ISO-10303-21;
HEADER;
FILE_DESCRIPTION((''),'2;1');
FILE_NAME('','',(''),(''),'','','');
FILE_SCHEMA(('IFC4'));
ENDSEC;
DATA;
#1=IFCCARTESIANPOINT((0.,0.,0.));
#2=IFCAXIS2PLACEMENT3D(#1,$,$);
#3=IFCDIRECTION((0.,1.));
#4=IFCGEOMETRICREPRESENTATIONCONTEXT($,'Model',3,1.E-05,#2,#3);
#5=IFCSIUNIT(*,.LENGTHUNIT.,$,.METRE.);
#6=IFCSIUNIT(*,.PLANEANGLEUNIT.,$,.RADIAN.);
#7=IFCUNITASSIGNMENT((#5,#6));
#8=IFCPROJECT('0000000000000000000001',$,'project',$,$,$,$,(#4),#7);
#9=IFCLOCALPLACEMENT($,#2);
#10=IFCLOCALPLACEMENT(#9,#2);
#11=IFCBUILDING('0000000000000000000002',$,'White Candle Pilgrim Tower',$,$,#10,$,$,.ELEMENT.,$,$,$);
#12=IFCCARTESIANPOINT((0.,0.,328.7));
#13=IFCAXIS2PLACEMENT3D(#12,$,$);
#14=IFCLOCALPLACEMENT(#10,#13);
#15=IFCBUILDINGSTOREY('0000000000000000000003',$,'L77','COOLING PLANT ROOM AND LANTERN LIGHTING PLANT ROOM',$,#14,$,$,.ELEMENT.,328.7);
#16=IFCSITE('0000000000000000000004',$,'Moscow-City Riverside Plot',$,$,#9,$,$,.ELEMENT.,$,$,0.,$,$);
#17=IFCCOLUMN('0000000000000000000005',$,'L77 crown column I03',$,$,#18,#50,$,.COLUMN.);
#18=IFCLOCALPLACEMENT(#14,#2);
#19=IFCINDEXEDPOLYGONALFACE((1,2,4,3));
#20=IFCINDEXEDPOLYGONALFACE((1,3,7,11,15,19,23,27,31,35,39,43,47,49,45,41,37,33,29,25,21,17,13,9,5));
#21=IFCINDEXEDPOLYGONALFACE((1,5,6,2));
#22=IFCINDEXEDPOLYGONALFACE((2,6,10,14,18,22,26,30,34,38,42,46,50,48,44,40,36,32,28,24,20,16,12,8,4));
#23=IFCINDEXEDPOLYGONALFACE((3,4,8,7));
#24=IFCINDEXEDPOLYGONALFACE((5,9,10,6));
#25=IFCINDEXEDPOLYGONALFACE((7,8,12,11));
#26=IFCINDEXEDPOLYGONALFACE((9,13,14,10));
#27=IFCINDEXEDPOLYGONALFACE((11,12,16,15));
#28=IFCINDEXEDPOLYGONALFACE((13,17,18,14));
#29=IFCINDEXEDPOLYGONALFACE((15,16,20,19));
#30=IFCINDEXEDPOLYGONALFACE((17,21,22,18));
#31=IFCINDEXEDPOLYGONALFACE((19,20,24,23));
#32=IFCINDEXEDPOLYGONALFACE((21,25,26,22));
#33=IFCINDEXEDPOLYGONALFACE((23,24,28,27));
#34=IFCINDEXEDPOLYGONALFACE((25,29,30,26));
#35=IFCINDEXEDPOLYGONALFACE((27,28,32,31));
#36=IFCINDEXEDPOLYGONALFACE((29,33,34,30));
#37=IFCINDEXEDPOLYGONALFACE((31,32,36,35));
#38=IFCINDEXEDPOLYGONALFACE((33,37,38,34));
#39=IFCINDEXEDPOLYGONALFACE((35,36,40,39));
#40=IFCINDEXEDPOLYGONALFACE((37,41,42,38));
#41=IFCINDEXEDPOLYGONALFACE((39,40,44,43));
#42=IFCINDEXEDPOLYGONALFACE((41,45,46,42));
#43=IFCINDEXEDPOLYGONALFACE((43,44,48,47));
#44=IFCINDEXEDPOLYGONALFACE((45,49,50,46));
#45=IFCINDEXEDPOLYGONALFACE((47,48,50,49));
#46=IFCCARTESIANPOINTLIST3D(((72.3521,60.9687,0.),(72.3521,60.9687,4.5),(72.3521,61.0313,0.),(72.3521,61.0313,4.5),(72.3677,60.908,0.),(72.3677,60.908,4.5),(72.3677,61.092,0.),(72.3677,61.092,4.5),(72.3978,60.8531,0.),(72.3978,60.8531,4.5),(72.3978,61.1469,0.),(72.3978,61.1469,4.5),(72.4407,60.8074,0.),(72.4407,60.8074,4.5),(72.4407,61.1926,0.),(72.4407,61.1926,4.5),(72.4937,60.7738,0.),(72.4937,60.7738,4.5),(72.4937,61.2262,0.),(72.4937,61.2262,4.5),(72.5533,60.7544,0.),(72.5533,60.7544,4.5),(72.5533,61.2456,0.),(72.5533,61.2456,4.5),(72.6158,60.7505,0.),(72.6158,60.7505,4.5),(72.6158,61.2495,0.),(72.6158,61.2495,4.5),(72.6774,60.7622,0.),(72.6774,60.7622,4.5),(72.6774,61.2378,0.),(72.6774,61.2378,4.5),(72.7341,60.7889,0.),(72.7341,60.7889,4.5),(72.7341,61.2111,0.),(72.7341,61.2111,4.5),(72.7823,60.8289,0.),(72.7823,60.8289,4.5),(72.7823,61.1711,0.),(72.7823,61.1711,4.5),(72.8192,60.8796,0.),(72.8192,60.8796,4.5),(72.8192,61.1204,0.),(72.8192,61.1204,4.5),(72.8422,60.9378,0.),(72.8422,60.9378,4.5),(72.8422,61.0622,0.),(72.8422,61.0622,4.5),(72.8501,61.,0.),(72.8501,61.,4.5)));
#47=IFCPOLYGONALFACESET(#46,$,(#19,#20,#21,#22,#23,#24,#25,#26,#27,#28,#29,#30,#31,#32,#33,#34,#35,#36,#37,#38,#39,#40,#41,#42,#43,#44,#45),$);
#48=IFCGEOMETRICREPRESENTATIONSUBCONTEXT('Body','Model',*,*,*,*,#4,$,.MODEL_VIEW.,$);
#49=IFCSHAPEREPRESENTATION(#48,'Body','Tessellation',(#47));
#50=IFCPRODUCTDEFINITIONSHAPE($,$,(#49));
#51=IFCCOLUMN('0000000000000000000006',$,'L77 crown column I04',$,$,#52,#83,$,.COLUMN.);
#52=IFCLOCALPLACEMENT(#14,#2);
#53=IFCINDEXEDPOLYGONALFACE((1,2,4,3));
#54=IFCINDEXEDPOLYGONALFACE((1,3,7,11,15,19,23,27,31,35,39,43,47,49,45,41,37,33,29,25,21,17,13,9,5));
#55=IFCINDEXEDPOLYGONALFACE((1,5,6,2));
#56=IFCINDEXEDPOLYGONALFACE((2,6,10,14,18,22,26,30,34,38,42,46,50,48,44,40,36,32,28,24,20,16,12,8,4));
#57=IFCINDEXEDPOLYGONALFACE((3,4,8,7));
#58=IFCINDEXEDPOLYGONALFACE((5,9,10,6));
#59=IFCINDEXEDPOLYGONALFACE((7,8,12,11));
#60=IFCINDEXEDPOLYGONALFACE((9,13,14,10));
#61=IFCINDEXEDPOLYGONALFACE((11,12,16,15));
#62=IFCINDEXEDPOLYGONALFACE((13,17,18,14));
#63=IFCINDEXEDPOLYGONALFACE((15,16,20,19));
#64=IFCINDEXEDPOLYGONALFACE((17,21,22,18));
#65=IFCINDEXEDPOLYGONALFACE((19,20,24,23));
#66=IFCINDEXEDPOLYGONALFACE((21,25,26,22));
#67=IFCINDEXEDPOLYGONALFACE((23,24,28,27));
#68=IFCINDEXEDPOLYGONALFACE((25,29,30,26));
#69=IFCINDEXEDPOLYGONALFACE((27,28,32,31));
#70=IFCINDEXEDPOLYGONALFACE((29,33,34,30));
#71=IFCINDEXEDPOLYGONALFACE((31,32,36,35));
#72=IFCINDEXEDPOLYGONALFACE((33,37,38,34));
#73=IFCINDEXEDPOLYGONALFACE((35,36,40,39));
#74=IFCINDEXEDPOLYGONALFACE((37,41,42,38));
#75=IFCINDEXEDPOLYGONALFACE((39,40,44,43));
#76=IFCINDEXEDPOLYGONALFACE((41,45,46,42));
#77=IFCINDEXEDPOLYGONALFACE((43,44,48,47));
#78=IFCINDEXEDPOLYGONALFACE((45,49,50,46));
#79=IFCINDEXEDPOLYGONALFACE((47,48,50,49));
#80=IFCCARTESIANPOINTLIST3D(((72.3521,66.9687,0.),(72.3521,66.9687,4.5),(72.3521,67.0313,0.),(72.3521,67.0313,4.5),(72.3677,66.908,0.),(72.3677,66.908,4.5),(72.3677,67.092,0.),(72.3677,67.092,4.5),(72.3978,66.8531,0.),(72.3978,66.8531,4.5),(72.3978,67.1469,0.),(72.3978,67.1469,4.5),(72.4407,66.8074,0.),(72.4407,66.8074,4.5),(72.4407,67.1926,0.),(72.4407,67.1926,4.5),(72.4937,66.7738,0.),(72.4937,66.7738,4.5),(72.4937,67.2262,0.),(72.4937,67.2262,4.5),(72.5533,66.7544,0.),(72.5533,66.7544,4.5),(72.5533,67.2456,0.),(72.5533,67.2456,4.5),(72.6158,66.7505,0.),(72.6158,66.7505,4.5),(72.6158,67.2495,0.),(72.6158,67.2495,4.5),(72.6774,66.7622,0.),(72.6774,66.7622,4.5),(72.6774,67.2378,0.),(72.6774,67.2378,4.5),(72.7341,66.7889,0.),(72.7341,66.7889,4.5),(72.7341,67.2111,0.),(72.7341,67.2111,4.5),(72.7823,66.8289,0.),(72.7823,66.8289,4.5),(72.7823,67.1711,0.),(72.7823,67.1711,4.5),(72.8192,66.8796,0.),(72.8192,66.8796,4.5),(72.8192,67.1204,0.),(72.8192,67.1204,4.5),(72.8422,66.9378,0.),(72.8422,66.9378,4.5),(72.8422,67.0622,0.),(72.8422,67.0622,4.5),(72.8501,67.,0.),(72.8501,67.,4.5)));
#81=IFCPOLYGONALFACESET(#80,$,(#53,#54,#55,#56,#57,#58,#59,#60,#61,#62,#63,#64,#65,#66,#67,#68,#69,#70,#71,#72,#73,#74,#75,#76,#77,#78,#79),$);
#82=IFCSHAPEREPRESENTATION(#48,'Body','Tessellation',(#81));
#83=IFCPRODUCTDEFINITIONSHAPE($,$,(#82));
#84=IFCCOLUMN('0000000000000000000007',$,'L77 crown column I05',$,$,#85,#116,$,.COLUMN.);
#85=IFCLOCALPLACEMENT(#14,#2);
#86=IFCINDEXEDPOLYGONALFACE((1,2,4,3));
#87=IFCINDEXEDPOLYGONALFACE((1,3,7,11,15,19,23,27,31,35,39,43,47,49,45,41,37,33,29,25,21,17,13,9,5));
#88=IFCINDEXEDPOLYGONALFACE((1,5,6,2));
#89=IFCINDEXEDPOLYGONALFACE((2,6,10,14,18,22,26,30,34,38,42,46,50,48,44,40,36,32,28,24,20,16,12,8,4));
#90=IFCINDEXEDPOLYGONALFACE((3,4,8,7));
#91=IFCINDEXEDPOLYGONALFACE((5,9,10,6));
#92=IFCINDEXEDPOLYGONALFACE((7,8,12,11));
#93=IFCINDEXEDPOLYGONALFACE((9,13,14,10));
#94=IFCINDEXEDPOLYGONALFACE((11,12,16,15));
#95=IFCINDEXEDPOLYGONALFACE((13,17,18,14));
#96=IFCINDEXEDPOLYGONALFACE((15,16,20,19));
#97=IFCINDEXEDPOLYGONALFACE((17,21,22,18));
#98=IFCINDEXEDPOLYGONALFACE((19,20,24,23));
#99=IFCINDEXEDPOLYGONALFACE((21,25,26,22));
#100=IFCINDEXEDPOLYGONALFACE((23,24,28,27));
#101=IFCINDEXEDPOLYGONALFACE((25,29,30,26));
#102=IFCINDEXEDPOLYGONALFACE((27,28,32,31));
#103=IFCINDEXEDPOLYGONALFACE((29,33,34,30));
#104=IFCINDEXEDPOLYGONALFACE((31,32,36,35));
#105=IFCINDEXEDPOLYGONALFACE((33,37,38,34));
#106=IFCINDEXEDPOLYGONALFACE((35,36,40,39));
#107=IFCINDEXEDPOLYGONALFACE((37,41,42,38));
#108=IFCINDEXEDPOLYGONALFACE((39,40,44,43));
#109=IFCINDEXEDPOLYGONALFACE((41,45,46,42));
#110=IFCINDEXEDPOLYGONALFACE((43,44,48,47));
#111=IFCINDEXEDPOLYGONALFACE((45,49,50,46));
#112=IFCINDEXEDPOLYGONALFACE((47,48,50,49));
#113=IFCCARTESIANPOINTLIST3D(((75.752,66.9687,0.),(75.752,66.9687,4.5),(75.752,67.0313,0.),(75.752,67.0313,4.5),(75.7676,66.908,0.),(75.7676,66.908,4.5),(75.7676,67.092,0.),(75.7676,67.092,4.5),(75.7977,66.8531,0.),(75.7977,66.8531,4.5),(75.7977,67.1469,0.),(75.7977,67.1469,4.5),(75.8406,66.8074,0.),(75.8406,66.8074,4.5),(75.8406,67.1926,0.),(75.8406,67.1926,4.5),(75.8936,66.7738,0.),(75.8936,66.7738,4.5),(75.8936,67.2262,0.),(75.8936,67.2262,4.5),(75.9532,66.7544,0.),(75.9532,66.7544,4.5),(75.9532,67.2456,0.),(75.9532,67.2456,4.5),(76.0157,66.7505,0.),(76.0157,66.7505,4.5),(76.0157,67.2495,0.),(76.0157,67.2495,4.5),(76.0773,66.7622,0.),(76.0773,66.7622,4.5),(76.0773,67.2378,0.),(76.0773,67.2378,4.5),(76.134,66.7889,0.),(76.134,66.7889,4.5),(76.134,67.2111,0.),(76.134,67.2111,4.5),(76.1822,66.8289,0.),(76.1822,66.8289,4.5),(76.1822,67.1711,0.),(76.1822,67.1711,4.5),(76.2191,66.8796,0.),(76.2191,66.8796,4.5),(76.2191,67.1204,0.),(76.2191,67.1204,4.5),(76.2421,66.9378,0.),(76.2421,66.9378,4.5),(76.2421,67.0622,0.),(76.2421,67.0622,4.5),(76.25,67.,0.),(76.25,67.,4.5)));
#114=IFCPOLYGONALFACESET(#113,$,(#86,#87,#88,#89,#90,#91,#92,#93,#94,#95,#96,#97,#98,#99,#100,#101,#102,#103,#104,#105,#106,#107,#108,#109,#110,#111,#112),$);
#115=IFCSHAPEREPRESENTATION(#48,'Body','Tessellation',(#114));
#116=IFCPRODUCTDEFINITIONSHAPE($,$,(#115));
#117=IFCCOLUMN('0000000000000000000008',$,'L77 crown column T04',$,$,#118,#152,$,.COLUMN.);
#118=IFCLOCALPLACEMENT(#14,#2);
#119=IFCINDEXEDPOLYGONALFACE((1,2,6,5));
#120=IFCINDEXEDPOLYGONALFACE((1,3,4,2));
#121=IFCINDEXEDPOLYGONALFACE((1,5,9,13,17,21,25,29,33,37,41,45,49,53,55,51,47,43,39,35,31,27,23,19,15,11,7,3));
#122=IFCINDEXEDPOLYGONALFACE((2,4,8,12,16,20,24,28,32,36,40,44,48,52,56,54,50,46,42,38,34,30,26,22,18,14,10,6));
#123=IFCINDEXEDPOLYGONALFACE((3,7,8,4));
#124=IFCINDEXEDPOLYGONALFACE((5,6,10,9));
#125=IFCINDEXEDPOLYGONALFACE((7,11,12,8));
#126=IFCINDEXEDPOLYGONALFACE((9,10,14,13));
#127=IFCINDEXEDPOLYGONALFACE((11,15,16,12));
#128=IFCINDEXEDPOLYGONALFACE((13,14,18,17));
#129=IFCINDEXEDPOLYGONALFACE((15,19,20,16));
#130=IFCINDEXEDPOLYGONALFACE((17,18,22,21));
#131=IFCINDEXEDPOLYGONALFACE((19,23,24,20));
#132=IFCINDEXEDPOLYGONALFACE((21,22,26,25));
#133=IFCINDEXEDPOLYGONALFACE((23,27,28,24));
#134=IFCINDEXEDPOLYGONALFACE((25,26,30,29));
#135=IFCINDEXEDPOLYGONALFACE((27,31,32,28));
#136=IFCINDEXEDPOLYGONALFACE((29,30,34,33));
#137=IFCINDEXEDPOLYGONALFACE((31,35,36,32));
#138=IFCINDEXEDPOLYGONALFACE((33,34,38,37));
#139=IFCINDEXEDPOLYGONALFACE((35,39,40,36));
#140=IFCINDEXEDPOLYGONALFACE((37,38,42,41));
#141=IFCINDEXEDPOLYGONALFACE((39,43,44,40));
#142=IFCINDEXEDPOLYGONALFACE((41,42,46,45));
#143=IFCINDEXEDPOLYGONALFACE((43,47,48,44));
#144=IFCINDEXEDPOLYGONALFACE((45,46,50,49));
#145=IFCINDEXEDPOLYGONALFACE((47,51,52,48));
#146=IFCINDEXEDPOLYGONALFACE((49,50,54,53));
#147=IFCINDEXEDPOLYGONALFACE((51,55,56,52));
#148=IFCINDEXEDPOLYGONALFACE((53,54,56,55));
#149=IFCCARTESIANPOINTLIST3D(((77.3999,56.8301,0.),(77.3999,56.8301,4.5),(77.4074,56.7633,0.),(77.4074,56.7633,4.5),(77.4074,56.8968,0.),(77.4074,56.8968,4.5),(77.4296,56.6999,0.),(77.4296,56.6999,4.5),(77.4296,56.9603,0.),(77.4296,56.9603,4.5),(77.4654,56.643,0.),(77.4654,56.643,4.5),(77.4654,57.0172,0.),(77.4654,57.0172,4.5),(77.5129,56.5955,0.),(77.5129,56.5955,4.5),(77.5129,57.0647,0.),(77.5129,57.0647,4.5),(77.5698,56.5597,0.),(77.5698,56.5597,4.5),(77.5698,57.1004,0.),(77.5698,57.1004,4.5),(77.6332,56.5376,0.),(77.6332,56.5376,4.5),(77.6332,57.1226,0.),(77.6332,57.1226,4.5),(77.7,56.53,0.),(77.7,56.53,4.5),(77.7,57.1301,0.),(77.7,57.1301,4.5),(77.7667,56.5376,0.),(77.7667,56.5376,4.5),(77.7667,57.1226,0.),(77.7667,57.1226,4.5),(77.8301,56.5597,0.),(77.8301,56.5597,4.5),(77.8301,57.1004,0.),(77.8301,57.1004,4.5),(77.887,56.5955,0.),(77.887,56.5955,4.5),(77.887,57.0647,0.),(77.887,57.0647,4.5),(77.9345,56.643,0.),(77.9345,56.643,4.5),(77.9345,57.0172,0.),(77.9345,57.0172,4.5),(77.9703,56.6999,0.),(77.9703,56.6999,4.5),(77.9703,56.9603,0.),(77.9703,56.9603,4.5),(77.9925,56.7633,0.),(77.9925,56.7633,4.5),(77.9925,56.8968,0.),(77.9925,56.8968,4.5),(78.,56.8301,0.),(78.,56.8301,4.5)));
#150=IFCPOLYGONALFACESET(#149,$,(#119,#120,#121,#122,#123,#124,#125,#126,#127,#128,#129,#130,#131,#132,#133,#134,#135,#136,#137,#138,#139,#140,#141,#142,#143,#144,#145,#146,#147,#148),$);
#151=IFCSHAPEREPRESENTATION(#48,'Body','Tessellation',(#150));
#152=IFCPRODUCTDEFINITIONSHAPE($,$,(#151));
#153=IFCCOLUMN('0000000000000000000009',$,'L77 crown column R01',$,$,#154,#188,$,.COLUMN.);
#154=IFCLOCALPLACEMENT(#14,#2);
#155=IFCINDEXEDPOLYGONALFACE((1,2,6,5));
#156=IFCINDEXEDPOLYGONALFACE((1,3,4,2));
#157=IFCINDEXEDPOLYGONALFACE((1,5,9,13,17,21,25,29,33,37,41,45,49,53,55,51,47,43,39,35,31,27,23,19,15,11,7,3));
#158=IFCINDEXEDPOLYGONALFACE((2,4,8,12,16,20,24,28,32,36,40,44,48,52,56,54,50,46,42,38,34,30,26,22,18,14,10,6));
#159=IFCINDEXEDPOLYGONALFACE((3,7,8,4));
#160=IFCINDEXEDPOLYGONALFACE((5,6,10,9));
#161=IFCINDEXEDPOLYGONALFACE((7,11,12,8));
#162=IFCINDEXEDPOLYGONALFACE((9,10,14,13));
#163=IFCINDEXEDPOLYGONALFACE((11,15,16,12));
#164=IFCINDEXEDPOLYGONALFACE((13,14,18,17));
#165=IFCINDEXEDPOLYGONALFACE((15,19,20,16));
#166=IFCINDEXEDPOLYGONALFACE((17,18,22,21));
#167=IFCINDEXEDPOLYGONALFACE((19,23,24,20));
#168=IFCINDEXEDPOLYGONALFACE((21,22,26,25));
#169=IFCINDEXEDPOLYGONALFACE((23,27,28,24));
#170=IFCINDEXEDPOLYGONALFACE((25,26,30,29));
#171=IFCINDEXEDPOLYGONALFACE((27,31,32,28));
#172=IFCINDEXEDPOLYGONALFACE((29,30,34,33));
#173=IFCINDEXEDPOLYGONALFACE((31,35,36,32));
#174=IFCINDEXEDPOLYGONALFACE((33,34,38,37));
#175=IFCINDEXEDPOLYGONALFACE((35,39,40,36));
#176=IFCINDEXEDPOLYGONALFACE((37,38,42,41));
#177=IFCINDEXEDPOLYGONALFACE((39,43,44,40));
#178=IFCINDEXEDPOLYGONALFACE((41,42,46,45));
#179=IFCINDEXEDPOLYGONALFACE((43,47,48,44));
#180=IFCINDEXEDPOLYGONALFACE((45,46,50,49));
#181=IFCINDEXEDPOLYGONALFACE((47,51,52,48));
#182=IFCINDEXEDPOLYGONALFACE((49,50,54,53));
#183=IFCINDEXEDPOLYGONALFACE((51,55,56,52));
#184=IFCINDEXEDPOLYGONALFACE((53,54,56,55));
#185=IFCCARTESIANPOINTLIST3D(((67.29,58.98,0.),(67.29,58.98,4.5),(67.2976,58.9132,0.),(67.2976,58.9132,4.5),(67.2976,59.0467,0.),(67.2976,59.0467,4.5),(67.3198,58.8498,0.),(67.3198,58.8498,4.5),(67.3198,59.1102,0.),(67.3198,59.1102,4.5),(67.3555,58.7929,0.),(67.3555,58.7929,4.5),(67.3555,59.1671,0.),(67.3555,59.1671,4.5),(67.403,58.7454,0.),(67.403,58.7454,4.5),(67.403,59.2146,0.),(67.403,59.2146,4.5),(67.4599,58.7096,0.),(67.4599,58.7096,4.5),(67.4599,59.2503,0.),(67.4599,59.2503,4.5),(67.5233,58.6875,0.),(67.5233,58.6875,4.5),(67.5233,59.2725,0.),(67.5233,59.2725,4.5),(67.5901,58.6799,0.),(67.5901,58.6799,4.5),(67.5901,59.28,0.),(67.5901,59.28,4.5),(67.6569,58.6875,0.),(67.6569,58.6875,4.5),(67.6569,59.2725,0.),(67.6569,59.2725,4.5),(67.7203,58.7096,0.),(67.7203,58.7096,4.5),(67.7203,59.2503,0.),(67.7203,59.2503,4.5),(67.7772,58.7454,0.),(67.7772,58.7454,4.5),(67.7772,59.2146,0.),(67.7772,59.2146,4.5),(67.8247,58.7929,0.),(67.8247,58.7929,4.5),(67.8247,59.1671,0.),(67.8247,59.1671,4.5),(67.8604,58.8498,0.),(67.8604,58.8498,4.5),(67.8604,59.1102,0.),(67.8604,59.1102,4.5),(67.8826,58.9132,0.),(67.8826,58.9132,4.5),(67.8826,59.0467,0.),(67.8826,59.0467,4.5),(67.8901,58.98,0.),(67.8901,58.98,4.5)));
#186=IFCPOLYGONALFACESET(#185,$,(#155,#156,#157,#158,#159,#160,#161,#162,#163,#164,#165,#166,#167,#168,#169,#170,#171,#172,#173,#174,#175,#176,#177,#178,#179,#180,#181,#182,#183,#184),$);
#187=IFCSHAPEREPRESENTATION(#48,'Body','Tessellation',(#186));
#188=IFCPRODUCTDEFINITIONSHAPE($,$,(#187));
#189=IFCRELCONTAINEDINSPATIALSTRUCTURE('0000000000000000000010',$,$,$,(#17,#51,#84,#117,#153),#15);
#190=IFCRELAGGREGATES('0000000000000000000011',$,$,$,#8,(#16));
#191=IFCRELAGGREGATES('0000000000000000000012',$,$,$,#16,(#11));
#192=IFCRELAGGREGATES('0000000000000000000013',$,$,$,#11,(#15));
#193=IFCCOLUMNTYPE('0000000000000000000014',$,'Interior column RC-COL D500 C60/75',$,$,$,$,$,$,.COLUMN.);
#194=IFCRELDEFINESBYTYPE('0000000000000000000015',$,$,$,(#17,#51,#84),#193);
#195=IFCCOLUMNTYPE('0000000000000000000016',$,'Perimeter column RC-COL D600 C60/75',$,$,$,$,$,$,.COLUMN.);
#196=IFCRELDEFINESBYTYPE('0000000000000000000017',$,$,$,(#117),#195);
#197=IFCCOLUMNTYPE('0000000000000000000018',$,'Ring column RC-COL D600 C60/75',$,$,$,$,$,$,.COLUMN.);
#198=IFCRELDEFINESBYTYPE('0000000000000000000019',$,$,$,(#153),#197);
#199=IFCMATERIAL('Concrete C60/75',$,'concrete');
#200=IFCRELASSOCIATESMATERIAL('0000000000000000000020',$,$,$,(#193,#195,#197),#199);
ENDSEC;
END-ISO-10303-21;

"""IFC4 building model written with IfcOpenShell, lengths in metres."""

from ifc_helpers import new_model, si_unit, direction, frame, origin, origin_2d, place, context, subcontext, project, spatial, circle, extrude, material, material_profile, profile_set, type_object, element, save


model = new_model("IFC4")

# Units and contexts
model_context = context("Model", 3, precision=1e-05, world=origin(), true_north=direction((0.0, 1.0)))
body_context = subcontext(model_context, "Body", "Model", "MODEL_VIEW")
ifc_project = project(units=[si_unit("LENGTHUNIT", "METRE"), si_unit("PLANEANGLEUNIT", "RADIAN")], contexts=[model_context])

# Site, building, storey
site_placement = place(None, origin())
site = spatial("IfcSite", under=ifc_project, at=site_placement, Name="Moscow-City Riverside Plot", CompositionType="ELEMENT", RefElevation=0.0)
building_placement = place(site_placement, origin())
building = spatial("IfcBuilding", under=site, at=building_placement, Name="White Candle Pilgrim Tower", CompositionType="ELEMENT")
storey_placement = place(building_placement, frame((0.0, 0.0, 328.7)))
storey = spatial("IfcBuildingStorey", under=building, at=storey_placement, Name="L77", Description="COOLING PLANT ROOM AND LANTERN LIGHTING PLANT ROOM", CompositionType="ELEMENT", Elevation=328.7)

# Columns
ifc_material_1 = material(Name="Concrete C60/75", Category="concrete")
ifc_material_profile_1 = material_profile(ifc_material_1, circle(Radius=0.25, at=origin_2d()), Name="RC-COL D500")
ifc_profile_set_1 = profile_set([ifc_material_profile_1], Name="Concrete C60/75")
column_type_1 = type_object("IfcColumnType", Name="Interior column RC-COL D500 C60/75", PredefinedType="COLUMN", material=ifc_profile_set_1)
for number, where, z_axis, x_axis, name in (
    (1, (72.6001, 61.0, 0.0), (0.0, 0.0, 1.0), (1.0, 0.0, 0.0), "L77 crown column I03"),
    (2, (72.6001, 67.0, 0.0), (0.0, 0.0, 1.0), (1.0, 0.0, 0.0), "L77 crown column I04"),
    (3, (76.0, 67.0, 0.0), (0.0, 0.0, 1.0), (1.0, 0.0, 0.0), "L77 crown column I05"),
):
    element("IfcColumn", number, at=place(storey_placement, frame(where, z_axis=z_axis, x_axis=x_axis)), inside=storey, type_object=column_type_1, Name=name, PredefinedType="COLUMN", context=body_context, shape_type="SweptSolid", body=[
        extrude(circle(Radius=0.25, at=origin_2d()), origin(), (0.0, 0.0, 1.0), 4.5),
    ])
ifc_material_profile_2 = material_profile(ifc_material_1, circle(Radius=0.3, at=origin_2d()), Name="RC-COL D600")
ifc_profile_set_2 = profile_set([ifc_material_profile_2], Name="Concrete C60/75")
column_type_2 = type_object("IfcColumnType", Name="Perimeter column RC-COL D600 C60/75", PredefinedType="COLUMN", material=ifc_profile_set_2)
column_placement = place(storey_placement, frame((77.7, 56.8301, 0.0), z_axis=(0.0, 0.0, 1.0), x_axis=(1.0, 0.0, 0.0)))
element("IfcColumn", 4, at=column_placement, inside=storey, type_object=column_type_2, Name="L77 crown column T04", PredefinedType="COLUMN", context=body_context, shape_type="SweptSolid", body=[
    extrude(circle(Radius=0.3, at=origin_2d()), origin(), (0.0, 0.0, 1.0), 4.5),
])
ifc_material_profile_3 = material_profile(ifc_material_1, circle(Radius=0.3, at=origin_2d()), Name="RC-COL D600")
ifc_profile_set_3 = profile_set([ifc_material_profile_3], Name="Concrete C60/75")
column_type_3 = type_object("IfcColumnType", Name="Ring column RC-COL D600 C60/75", PredefinedType="COLUMN", material=ifc_profile_set_3)
for number, where, z_axis, x_axis, name in (
    (5, (67.5901, 58.98, 0.0), (0.0, 0.0, 1.0), (1.0, 0.0, 0.0), "L77 crown column R01"),
):
    element("IfcColumn", number, at=place(storey_placement, frame(where, z_axis=z_axis, x_axis=x_axis)), inside=storey, type_object=column_type_3, Name=name, PredefinedType="COLUMN", context=body_context, shape_type="SweptSolid", body=[
        extrude(circle(Radius=0.3, at=origin_2d()), origin(), (0.0, 0.0, 1.0), 4.5),
    ])

save(model, "model.ifc")
